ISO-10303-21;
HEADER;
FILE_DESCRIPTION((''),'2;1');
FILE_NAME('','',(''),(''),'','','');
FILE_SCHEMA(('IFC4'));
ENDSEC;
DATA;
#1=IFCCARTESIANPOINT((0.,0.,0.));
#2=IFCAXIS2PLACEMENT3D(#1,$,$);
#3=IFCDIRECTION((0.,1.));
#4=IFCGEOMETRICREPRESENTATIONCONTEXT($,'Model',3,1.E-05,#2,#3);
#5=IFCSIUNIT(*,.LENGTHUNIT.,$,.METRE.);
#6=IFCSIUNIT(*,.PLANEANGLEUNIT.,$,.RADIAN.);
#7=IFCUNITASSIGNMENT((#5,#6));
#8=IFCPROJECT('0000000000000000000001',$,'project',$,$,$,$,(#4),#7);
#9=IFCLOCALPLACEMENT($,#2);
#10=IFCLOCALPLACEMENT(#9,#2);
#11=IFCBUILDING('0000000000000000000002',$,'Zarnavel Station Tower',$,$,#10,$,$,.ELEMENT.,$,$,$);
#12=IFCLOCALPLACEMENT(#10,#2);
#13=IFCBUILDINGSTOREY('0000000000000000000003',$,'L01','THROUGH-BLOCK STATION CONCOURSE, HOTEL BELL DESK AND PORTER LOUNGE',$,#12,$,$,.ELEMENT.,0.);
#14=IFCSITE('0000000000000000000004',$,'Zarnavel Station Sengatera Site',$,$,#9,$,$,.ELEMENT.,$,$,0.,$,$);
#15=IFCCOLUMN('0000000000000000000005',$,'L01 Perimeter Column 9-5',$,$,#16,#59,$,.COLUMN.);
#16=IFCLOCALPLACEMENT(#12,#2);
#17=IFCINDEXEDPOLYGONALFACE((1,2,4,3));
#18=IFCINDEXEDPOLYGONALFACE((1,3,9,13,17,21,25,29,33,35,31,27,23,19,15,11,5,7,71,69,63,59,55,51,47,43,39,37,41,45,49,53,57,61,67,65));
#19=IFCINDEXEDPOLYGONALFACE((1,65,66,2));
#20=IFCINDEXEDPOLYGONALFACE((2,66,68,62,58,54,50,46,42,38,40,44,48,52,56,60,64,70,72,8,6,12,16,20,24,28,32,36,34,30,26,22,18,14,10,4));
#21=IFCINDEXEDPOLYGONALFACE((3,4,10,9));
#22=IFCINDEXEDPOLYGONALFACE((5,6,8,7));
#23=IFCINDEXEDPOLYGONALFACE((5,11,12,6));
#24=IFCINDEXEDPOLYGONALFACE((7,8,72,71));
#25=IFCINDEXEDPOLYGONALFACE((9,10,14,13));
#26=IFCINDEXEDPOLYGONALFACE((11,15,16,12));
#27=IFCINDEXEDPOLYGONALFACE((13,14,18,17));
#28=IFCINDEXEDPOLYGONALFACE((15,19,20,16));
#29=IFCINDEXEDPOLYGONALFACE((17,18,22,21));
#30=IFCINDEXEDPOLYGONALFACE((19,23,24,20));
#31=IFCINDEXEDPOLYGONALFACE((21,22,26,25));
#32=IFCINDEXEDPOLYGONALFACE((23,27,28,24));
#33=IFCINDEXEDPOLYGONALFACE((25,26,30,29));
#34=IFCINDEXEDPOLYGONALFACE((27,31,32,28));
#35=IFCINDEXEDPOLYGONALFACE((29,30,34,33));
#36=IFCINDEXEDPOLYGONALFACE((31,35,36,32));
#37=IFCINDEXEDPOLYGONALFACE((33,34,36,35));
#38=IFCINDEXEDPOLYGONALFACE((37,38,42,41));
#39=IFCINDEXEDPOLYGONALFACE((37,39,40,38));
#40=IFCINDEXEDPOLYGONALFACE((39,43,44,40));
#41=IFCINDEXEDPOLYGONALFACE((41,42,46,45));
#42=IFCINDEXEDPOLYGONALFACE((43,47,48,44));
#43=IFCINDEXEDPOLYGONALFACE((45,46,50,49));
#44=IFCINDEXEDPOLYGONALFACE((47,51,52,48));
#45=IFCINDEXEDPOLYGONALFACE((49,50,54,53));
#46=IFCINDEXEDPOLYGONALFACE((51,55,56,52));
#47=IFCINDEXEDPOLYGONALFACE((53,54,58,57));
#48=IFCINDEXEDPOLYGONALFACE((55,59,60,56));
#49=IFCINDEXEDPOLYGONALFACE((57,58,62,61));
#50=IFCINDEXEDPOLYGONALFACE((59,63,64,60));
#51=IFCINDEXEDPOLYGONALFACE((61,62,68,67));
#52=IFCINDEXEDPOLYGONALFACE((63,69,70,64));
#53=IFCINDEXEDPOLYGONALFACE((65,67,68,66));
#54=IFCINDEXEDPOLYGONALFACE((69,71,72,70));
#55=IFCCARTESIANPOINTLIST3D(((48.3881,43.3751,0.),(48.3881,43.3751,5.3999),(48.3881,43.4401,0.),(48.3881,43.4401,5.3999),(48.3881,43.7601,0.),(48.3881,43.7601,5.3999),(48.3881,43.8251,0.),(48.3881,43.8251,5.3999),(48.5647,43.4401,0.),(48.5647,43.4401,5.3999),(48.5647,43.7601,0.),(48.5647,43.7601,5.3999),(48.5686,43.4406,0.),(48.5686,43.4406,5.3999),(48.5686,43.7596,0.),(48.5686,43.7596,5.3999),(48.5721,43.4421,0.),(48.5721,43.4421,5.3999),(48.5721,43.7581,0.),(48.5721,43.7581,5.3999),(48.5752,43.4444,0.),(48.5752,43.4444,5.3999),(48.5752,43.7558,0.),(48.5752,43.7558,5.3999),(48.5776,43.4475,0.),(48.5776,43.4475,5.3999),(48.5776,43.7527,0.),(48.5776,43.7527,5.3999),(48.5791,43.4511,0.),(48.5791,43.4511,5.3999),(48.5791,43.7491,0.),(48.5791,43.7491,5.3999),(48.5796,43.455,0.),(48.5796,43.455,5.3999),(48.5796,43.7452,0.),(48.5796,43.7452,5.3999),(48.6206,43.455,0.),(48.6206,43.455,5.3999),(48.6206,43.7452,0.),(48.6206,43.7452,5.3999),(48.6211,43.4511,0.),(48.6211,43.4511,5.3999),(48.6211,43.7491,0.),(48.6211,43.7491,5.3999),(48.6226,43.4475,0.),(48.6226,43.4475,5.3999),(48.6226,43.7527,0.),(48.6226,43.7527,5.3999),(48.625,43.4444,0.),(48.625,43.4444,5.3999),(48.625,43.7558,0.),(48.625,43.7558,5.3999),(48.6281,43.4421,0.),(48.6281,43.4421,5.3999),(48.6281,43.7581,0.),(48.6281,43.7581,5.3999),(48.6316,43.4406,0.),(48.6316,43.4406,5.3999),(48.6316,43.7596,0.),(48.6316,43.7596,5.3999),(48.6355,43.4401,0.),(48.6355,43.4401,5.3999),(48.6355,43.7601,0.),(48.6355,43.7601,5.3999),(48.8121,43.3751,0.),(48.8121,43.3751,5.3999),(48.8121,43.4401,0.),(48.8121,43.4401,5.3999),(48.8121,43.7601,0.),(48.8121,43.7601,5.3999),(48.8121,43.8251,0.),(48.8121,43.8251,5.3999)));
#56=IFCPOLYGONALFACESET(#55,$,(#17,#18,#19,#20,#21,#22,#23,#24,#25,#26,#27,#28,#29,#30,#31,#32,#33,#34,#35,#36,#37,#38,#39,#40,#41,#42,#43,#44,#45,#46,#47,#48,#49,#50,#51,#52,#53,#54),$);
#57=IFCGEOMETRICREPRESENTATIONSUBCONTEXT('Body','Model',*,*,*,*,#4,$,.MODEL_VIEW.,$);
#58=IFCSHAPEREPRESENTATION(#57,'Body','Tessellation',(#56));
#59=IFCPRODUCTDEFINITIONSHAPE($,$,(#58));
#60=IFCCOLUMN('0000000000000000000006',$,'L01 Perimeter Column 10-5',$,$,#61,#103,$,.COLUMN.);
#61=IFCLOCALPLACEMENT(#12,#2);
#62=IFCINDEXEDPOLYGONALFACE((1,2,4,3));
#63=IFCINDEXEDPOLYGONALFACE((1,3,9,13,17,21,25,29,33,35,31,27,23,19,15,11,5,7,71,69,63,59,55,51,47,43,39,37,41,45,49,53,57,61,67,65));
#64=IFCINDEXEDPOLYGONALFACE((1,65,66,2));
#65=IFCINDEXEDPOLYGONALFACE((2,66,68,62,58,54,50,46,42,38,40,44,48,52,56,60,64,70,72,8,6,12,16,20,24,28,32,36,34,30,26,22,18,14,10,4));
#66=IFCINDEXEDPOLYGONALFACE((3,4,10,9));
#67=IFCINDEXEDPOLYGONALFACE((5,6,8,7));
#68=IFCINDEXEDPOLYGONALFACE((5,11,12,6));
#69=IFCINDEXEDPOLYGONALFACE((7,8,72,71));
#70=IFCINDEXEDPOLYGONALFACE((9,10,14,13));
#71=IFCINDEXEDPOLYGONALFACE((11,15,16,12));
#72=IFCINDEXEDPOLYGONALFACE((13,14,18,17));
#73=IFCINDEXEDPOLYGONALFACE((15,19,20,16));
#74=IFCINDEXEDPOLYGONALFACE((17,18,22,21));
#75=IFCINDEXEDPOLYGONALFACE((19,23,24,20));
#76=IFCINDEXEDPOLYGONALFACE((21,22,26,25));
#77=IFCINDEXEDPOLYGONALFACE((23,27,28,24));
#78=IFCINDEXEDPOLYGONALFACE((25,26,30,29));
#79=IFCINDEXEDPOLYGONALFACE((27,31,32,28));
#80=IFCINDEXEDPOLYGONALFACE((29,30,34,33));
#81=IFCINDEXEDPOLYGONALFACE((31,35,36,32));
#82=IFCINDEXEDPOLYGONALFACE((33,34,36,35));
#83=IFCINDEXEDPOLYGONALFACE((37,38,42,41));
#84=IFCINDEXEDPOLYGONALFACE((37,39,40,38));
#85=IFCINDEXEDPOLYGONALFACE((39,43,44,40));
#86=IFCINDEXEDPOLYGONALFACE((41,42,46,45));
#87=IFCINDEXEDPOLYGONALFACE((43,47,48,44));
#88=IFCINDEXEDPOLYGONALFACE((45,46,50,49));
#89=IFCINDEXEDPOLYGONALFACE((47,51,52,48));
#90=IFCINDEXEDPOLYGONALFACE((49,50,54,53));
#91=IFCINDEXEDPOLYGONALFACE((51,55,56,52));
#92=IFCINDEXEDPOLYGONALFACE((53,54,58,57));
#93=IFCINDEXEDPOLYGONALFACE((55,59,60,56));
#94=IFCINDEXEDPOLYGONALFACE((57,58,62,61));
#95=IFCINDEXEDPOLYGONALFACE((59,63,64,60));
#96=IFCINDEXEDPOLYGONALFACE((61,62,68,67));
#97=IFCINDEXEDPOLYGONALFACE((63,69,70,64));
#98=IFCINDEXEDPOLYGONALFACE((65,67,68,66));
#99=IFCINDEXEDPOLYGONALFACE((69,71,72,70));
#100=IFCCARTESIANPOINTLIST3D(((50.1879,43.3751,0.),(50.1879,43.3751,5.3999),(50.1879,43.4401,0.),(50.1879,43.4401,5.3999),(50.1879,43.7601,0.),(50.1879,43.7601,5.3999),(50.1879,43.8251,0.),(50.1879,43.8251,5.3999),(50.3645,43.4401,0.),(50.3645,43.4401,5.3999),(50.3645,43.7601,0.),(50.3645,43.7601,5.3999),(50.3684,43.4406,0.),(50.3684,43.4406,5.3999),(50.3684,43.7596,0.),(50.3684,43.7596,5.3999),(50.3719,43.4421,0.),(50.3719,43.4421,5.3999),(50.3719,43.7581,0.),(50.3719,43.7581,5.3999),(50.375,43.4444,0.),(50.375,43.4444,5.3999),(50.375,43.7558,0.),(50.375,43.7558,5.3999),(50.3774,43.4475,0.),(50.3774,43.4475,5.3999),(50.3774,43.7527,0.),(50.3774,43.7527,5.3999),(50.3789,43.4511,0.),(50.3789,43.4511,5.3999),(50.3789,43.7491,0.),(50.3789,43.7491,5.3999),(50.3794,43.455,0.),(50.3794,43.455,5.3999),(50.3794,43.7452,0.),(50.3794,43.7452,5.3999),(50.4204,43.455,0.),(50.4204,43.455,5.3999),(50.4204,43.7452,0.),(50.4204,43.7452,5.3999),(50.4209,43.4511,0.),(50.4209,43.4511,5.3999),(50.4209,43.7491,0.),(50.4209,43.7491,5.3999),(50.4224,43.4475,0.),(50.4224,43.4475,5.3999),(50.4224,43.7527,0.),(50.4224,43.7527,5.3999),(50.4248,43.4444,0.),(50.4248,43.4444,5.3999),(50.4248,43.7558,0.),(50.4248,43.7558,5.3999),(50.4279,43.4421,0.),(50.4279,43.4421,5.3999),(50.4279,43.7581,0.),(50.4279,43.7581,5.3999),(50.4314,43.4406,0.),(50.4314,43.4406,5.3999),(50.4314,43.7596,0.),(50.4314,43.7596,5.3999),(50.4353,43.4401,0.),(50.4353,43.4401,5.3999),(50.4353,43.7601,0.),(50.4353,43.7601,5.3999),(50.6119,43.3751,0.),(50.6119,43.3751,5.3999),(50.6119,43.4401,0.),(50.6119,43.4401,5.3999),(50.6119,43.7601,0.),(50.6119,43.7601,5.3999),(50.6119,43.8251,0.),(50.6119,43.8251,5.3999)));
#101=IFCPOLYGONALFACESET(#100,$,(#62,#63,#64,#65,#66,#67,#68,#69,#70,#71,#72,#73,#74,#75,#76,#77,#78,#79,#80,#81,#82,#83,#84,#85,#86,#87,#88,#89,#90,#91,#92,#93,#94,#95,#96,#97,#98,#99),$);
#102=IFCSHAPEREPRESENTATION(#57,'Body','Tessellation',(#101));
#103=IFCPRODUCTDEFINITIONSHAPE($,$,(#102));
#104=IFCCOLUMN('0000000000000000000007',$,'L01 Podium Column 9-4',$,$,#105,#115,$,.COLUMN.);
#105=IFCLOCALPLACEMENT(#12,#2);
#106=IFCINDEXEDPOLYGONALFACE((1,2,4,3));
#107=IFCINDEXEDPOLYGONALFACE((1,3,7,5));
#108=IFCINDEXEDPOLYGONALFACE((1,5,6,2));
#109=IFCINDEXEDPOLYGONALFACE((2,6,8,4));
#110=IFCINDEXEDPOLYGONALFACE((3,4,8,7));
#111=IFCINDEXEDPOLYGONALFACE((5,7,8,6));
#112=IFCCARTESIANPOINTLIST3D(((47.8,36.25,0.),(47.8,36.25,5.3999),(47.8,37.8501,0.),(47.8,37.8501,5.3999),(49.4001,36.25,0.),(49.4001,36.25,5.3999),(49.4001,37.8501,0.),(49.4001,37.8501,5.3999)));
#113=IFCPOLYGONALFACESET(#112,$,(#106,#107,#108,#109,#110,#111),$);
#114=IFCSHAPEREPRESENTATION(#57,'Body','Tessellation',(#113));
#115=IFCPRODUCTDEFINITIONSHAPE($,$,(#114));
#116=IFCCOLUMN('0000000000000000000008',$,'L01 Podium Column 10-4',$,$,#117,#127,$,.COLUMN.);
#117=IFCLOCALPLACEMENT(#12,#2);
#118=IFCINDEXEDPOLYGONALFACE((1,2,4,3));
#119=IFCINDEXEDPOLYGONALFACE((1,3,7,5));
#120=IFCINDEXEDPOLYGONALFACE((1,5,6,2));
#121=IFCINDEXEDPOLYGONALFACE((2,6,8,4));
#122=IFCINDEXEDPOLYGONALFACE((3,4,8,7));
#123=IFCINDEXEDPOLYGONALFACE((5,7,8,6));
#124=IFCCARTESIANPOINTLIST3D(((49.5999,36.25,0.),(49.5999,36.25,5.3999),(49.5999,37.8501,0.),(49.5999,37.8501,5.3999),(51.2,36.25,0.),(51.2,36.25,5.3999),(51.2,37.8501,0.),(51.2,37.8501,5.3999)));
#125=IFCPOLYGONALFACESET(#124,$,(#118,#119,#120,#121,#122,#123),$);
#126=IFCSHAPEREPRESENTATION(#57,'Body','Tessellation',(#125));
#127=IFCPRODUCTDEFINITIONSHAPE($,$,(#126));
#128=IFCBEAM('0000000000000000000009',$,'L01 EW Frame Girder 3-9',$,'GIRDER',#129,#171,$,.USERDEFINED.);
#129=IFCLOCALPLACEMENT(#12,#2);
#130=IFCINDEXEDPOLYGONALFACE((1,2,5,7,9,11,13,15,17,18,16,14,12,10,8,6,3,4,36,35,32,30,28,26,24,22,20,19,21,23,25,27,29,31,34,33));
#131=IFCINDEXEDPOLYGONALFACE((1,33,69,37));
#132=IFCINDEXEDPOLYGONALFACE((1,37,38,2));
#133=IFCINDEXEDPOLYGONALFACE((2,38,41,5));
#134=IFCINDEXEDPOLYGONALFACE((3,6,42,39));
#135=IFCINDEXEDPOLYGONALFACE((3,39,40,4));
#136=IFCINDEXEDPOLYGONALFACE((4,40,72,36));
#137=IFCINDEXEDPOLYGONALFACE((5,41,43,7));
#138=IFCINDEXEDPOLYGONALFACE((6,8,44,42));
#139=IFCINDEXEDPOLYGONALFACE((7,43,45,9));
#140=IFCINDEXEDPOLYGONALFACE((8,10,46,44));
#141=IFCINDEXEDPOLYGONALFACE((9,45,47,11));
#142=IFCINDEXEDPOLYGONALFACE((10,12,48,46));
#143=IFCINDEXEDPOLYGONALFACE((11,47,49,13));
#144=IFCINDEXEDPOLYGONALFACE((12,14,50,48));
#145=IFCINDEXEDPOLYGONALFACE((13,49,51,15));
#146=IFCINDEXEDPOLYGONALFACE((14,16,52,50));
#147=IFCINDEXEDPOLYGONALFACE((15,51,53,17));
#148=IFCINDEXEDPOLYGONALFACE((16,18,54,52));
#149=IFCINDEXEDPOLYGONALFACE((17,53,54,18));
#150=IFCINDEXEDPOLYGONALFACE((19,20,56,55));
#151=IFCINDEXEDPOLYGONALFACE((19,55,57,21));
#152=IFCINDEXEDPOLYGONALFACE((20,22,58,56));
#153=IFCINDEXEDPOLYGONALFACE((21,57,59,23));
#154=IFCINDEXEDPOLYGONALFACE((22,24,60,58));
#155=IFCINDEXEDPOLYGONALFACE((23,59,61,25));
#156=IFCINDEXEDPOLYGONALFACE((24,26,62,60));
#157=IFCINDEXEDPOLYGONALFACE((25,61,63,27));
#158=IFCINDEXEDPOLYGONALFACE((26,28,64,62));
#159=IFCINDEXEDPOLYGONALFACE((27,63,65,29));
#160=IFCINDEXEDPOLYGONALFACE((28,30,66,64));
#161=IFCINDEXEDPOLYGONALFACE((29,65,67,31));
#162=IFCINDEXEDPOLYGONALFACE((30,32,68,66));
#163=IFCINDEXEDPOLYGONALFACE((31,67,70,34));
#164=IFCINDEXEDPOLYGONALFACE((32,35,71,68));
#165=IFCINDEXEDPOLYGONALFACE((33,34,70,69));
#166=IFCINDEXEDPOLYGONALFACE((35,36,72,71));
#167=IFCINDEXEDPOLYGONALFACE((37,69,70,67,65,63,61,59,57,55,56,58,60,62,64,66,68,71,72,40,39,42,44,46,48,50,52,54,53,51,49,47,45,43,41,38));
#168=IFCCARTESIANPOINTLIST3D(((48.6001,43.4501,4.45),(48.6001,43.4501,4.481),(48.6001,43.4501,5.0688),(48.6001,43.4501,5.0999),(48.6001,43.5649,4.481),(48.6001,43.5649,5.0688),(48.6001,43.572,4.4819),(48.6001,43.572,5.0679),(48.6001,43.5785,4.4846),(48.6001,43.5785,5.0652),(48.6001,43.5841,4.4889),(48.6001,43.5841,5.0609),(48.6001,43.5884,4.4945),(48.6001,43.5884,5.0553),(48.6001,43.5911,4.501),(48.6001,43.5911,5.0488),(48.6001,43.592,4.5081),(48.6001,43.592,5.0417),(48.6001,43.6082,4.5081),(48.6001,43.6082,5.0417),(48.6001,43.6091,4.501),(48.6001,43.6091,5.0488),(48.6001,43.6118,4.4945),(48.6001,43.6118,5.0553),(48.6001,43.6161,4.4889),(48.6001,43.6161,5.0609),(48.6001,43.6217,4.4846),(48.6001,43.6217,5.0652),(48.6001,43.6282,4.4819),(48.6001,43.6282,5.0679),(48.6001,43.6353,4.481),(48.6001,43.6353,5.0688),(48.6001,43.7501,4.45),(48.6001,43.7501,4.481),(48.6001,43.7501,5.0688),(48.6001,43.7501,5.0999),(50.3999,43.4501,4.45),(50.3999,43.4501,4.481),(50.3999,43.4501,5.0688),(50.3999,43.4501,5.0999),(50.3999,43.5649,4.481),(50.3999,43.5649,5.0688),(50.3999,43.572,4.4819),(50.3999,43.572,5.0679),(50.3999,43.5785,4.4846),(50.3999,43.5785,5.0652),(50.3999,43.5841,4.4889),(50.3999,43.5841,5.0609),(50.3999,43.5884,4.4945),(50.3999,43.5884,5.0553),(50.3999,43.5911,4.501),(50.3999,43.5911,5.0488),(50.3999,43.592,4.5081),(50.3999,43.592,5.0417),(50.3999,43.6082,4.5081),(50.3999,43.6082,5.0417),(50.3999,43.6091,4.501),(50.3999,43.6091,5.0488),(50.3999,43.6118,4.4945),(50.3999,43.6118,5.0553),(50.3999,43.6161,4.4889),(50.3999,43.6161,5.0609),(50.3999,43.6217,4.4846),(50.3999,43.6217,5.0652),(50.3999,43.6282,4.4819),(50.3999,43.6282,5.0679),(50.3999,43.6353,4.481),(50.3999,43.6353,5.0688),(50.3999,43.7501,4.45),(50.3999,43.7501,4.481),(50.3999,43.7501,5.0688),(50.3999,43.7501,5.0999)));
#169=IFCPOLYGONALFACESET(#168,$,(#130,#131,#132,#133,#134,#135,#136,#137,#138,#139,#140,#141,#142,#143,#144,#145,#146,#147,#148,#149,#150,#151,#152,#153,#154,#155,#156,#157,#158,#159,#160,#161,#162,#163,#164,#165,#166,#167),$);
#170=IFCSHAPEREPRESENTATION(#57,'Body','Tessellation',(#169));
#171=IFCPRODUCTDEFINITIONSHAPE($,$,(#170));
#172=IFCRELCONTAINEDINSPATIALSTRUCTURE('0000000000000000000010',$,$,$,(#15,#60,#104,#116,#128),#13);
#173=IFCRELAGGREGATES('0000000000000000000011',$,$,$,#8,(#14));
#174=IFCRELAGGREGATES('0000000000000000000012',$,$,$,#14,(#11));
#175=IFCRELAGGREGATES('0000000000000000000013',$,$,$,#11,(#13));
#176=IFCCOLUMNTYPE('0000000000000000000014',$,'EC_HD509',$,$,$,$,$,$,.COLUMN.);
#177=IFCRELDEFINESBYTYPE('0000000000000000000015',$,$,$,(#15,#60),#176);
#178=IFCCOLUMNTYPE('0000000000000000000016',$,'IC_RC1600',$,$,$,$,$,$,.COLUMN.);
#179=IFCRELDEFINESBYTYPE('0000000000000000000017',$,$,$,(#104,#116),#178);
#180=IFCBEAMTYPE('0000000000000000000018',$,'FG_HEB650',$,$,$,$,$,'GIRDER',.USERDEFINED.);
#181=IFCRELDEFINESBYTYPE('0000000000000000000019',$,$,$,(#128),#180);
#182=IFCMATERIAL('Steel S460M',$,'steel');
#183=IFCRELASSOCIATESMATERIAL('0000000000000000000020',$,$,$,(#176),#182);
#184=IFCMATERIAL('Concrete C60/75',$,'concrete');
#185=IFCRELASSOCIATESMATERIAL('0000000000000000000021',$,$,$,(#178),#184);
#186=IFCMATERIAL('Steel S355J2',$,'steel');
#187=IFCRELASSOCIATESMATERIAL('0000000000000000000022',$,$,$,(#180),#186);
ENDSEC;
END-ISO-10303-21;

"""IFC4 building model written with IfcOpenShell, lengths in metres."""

from ifc_helpers import new_model, si_unit, direction, frame, origin, origin_2d, place, context, subcontext, project, spatial, rectangle, i_section, extrude, material, material_profile, profile_set, type_object, element, save


model = new_model("IFC4")

# Units and contexts
model_context = context("Model", 3, precision=1e-05, world=origin(), true_north=direction((0.0, 1.0)))
body_context = subcontext(model_context, "Body", "Model", "MODEL_VIEW")
ifc_project = project(units=[si_unit("LENGTHUNIT", "METRE"), si_unit("PLANEANGLEUNIT", "RADIAN")], contexts=[model_context])

# Site, building, storey
site_placement = place(None, origin())
site = spatial("IfcSite", under=ifc_project, at=site_placement, Name="Zarnavel Station Sengatera Site", CompositionType="ELEMENT", RefElevation=0.0)
building_placement = place(site_placement, origin())
building = spatial("IfcBuilding", under=site, at=building_placement, Name="Zarnavel Station Tower", CompositionType="ELEMENT")
storey_placement = place(building_placement, origin())
storey = spatial("IfcBuildingStorey", under=building, at=storey_placement, Name="L01", Description="THROUGH-BLOCK STATION CONCOURSE, HOTEL BELL DESK AND PORTER LOUNGE", CompositionType="ELEMENT", Elevation=0.0)

# Columns
ifc_material_1 = material(Name="Steel S460M", Category="steel")
ifc_material_profile_1 = material_profile(ifc_material_1, i_section(OverallWidth=0.4241, OverallDepth=0.45, WebThickness=0.041, FlangeThickness=0.0649, FilletRadius=0.0149, at=origin_2d()), Name="HD400x509")
ifc_profile_set_1 = profile_set([ifc_material_profile_1], Name="Steel S460M")
column_type_1 = type_object("IfcColumnType", Name="EC_HD509", PredefinedType="COLUMN", material=ifc_profile_set_1)
for number, where, z_axis, x_axis, name in (
    (1, (48.6001, 43.6001, 0.0), (0.0, 0.0, 1.0), (1.0, 0.0, 0.0), "L01 Perimeter Column 9-5"),
    (2, (50.3999, 43.6001, 0.0), (0.0, 0.0, 1.0), (1.0, 0.0, 0.0), "L01 Perimeter Column 10-5"),
):
    element("IfcColumn", number, at=place(storey_placement, frame(where, z_axis=z_axis, x_axis=x_axis)), inside=storey, type_object=column_type_1, Name=name, PredefinedType="COLUMN", context=body_context, shape_type="SweptSolid", body=[
        extrude(i_section(OverallWidth=0.4241, OverallDepth=0.45, WebThickness=0.041, FlangeThickness=0.0649, FilletRadius=0.0149, at=origin_2d()), origin(), (0.0, 0.0, 1.0), 5.3999),
    ])
ifc_material_2 = material(Name="Concrete C60/75", Category="concrete")
ifc_material_profile_2 = material_profile(ifc_material_2, rectangle(XDim=1.6001, YDim=1.6001, at=origin_2d()), Name="RC1600x1600")
ifc_profile_set_2 = profile_set([ifc_material_profile_2], Name="Concrete C60/75")
column_type_2 = type_object("IfcColumnType", Name="IC_RC1600", PredefinedType="COLUMN", material=ifc_profile_set_2)
for number, where, z_axis, x_axis, name in (
    (3, (48.6001, 37.05, 0.0), (0.0, 0.0, 1.0), (1.0, 0.0, 0.0), "L01 Podium Column 9-4"),
    (4, (50.3999, 37.05, 0.0), (0.0, 0.0, 1.0), (1.0, 0.0, 0.0), "L01 Podium Column 10-4"),
):
    element("IfcColumn", number, at=place(storey_placement, frame(where, z_axis=z_axis, x_axis=x_axis)), inside=storey, type_object=column_type_2, Name=name, PredefinedType="COLUMN", context=body_context, shape_type="SweptSolid", body=[
        extrude(rectangle(XDim=1.6001, YDim=1.6001, at=origin_2d()), origin(), (0.0, 0.0, 1.0), 5.3999),
    ])

# Beam
ifc_material_3 = material(Name="Steel S355J2", Category="steel")
ifc_material_profile_3 = material_profile(ifc_material_3, i_section(OverallWidth=0.3, OverallDepth=0.6499, WebThickness=0.0161, FlangeThickness=0.031, FilletRadius=0.0271, at=origin_2d()), Name="HEB650")
ifc_profile_set_3 = profile_set([ifc_material_profile_3], Name="Steel S355J2")
beam_type = type_object("IfcBeamType", Name="FG_HEB650", ElementType="GIRDER", PredefinedType="USERDEFINED", material=ifc_profile_set_3)
beam_1_placement = place(storey_placement, frame((48.6001, 43.6001, 4.7749), z_axis=(1.0, 0.0, 0.0), x_axis=(0.0, 1.0, 0.0)))
element("IfcBeam", 5, at=beam_1_placement, inside=storey, type_object=beam_type, Name="L01 EW Frame Girder 3-9", ObjectType="GIRDER", PredefinedType="USERDEFINED", context=body_context, shape_type="SweptSolid", body=[
    extrude(i_section(OverallWidth=0.3, OverallDepth=0.6499, WebThickness=0.0161, FlangeThickness=0.031, FilletRadius=0.0271, at=origin_2d()), origin(), (0.0, 0.0, 1.0), 1.7998),
])

save(model, "model.ifc")
